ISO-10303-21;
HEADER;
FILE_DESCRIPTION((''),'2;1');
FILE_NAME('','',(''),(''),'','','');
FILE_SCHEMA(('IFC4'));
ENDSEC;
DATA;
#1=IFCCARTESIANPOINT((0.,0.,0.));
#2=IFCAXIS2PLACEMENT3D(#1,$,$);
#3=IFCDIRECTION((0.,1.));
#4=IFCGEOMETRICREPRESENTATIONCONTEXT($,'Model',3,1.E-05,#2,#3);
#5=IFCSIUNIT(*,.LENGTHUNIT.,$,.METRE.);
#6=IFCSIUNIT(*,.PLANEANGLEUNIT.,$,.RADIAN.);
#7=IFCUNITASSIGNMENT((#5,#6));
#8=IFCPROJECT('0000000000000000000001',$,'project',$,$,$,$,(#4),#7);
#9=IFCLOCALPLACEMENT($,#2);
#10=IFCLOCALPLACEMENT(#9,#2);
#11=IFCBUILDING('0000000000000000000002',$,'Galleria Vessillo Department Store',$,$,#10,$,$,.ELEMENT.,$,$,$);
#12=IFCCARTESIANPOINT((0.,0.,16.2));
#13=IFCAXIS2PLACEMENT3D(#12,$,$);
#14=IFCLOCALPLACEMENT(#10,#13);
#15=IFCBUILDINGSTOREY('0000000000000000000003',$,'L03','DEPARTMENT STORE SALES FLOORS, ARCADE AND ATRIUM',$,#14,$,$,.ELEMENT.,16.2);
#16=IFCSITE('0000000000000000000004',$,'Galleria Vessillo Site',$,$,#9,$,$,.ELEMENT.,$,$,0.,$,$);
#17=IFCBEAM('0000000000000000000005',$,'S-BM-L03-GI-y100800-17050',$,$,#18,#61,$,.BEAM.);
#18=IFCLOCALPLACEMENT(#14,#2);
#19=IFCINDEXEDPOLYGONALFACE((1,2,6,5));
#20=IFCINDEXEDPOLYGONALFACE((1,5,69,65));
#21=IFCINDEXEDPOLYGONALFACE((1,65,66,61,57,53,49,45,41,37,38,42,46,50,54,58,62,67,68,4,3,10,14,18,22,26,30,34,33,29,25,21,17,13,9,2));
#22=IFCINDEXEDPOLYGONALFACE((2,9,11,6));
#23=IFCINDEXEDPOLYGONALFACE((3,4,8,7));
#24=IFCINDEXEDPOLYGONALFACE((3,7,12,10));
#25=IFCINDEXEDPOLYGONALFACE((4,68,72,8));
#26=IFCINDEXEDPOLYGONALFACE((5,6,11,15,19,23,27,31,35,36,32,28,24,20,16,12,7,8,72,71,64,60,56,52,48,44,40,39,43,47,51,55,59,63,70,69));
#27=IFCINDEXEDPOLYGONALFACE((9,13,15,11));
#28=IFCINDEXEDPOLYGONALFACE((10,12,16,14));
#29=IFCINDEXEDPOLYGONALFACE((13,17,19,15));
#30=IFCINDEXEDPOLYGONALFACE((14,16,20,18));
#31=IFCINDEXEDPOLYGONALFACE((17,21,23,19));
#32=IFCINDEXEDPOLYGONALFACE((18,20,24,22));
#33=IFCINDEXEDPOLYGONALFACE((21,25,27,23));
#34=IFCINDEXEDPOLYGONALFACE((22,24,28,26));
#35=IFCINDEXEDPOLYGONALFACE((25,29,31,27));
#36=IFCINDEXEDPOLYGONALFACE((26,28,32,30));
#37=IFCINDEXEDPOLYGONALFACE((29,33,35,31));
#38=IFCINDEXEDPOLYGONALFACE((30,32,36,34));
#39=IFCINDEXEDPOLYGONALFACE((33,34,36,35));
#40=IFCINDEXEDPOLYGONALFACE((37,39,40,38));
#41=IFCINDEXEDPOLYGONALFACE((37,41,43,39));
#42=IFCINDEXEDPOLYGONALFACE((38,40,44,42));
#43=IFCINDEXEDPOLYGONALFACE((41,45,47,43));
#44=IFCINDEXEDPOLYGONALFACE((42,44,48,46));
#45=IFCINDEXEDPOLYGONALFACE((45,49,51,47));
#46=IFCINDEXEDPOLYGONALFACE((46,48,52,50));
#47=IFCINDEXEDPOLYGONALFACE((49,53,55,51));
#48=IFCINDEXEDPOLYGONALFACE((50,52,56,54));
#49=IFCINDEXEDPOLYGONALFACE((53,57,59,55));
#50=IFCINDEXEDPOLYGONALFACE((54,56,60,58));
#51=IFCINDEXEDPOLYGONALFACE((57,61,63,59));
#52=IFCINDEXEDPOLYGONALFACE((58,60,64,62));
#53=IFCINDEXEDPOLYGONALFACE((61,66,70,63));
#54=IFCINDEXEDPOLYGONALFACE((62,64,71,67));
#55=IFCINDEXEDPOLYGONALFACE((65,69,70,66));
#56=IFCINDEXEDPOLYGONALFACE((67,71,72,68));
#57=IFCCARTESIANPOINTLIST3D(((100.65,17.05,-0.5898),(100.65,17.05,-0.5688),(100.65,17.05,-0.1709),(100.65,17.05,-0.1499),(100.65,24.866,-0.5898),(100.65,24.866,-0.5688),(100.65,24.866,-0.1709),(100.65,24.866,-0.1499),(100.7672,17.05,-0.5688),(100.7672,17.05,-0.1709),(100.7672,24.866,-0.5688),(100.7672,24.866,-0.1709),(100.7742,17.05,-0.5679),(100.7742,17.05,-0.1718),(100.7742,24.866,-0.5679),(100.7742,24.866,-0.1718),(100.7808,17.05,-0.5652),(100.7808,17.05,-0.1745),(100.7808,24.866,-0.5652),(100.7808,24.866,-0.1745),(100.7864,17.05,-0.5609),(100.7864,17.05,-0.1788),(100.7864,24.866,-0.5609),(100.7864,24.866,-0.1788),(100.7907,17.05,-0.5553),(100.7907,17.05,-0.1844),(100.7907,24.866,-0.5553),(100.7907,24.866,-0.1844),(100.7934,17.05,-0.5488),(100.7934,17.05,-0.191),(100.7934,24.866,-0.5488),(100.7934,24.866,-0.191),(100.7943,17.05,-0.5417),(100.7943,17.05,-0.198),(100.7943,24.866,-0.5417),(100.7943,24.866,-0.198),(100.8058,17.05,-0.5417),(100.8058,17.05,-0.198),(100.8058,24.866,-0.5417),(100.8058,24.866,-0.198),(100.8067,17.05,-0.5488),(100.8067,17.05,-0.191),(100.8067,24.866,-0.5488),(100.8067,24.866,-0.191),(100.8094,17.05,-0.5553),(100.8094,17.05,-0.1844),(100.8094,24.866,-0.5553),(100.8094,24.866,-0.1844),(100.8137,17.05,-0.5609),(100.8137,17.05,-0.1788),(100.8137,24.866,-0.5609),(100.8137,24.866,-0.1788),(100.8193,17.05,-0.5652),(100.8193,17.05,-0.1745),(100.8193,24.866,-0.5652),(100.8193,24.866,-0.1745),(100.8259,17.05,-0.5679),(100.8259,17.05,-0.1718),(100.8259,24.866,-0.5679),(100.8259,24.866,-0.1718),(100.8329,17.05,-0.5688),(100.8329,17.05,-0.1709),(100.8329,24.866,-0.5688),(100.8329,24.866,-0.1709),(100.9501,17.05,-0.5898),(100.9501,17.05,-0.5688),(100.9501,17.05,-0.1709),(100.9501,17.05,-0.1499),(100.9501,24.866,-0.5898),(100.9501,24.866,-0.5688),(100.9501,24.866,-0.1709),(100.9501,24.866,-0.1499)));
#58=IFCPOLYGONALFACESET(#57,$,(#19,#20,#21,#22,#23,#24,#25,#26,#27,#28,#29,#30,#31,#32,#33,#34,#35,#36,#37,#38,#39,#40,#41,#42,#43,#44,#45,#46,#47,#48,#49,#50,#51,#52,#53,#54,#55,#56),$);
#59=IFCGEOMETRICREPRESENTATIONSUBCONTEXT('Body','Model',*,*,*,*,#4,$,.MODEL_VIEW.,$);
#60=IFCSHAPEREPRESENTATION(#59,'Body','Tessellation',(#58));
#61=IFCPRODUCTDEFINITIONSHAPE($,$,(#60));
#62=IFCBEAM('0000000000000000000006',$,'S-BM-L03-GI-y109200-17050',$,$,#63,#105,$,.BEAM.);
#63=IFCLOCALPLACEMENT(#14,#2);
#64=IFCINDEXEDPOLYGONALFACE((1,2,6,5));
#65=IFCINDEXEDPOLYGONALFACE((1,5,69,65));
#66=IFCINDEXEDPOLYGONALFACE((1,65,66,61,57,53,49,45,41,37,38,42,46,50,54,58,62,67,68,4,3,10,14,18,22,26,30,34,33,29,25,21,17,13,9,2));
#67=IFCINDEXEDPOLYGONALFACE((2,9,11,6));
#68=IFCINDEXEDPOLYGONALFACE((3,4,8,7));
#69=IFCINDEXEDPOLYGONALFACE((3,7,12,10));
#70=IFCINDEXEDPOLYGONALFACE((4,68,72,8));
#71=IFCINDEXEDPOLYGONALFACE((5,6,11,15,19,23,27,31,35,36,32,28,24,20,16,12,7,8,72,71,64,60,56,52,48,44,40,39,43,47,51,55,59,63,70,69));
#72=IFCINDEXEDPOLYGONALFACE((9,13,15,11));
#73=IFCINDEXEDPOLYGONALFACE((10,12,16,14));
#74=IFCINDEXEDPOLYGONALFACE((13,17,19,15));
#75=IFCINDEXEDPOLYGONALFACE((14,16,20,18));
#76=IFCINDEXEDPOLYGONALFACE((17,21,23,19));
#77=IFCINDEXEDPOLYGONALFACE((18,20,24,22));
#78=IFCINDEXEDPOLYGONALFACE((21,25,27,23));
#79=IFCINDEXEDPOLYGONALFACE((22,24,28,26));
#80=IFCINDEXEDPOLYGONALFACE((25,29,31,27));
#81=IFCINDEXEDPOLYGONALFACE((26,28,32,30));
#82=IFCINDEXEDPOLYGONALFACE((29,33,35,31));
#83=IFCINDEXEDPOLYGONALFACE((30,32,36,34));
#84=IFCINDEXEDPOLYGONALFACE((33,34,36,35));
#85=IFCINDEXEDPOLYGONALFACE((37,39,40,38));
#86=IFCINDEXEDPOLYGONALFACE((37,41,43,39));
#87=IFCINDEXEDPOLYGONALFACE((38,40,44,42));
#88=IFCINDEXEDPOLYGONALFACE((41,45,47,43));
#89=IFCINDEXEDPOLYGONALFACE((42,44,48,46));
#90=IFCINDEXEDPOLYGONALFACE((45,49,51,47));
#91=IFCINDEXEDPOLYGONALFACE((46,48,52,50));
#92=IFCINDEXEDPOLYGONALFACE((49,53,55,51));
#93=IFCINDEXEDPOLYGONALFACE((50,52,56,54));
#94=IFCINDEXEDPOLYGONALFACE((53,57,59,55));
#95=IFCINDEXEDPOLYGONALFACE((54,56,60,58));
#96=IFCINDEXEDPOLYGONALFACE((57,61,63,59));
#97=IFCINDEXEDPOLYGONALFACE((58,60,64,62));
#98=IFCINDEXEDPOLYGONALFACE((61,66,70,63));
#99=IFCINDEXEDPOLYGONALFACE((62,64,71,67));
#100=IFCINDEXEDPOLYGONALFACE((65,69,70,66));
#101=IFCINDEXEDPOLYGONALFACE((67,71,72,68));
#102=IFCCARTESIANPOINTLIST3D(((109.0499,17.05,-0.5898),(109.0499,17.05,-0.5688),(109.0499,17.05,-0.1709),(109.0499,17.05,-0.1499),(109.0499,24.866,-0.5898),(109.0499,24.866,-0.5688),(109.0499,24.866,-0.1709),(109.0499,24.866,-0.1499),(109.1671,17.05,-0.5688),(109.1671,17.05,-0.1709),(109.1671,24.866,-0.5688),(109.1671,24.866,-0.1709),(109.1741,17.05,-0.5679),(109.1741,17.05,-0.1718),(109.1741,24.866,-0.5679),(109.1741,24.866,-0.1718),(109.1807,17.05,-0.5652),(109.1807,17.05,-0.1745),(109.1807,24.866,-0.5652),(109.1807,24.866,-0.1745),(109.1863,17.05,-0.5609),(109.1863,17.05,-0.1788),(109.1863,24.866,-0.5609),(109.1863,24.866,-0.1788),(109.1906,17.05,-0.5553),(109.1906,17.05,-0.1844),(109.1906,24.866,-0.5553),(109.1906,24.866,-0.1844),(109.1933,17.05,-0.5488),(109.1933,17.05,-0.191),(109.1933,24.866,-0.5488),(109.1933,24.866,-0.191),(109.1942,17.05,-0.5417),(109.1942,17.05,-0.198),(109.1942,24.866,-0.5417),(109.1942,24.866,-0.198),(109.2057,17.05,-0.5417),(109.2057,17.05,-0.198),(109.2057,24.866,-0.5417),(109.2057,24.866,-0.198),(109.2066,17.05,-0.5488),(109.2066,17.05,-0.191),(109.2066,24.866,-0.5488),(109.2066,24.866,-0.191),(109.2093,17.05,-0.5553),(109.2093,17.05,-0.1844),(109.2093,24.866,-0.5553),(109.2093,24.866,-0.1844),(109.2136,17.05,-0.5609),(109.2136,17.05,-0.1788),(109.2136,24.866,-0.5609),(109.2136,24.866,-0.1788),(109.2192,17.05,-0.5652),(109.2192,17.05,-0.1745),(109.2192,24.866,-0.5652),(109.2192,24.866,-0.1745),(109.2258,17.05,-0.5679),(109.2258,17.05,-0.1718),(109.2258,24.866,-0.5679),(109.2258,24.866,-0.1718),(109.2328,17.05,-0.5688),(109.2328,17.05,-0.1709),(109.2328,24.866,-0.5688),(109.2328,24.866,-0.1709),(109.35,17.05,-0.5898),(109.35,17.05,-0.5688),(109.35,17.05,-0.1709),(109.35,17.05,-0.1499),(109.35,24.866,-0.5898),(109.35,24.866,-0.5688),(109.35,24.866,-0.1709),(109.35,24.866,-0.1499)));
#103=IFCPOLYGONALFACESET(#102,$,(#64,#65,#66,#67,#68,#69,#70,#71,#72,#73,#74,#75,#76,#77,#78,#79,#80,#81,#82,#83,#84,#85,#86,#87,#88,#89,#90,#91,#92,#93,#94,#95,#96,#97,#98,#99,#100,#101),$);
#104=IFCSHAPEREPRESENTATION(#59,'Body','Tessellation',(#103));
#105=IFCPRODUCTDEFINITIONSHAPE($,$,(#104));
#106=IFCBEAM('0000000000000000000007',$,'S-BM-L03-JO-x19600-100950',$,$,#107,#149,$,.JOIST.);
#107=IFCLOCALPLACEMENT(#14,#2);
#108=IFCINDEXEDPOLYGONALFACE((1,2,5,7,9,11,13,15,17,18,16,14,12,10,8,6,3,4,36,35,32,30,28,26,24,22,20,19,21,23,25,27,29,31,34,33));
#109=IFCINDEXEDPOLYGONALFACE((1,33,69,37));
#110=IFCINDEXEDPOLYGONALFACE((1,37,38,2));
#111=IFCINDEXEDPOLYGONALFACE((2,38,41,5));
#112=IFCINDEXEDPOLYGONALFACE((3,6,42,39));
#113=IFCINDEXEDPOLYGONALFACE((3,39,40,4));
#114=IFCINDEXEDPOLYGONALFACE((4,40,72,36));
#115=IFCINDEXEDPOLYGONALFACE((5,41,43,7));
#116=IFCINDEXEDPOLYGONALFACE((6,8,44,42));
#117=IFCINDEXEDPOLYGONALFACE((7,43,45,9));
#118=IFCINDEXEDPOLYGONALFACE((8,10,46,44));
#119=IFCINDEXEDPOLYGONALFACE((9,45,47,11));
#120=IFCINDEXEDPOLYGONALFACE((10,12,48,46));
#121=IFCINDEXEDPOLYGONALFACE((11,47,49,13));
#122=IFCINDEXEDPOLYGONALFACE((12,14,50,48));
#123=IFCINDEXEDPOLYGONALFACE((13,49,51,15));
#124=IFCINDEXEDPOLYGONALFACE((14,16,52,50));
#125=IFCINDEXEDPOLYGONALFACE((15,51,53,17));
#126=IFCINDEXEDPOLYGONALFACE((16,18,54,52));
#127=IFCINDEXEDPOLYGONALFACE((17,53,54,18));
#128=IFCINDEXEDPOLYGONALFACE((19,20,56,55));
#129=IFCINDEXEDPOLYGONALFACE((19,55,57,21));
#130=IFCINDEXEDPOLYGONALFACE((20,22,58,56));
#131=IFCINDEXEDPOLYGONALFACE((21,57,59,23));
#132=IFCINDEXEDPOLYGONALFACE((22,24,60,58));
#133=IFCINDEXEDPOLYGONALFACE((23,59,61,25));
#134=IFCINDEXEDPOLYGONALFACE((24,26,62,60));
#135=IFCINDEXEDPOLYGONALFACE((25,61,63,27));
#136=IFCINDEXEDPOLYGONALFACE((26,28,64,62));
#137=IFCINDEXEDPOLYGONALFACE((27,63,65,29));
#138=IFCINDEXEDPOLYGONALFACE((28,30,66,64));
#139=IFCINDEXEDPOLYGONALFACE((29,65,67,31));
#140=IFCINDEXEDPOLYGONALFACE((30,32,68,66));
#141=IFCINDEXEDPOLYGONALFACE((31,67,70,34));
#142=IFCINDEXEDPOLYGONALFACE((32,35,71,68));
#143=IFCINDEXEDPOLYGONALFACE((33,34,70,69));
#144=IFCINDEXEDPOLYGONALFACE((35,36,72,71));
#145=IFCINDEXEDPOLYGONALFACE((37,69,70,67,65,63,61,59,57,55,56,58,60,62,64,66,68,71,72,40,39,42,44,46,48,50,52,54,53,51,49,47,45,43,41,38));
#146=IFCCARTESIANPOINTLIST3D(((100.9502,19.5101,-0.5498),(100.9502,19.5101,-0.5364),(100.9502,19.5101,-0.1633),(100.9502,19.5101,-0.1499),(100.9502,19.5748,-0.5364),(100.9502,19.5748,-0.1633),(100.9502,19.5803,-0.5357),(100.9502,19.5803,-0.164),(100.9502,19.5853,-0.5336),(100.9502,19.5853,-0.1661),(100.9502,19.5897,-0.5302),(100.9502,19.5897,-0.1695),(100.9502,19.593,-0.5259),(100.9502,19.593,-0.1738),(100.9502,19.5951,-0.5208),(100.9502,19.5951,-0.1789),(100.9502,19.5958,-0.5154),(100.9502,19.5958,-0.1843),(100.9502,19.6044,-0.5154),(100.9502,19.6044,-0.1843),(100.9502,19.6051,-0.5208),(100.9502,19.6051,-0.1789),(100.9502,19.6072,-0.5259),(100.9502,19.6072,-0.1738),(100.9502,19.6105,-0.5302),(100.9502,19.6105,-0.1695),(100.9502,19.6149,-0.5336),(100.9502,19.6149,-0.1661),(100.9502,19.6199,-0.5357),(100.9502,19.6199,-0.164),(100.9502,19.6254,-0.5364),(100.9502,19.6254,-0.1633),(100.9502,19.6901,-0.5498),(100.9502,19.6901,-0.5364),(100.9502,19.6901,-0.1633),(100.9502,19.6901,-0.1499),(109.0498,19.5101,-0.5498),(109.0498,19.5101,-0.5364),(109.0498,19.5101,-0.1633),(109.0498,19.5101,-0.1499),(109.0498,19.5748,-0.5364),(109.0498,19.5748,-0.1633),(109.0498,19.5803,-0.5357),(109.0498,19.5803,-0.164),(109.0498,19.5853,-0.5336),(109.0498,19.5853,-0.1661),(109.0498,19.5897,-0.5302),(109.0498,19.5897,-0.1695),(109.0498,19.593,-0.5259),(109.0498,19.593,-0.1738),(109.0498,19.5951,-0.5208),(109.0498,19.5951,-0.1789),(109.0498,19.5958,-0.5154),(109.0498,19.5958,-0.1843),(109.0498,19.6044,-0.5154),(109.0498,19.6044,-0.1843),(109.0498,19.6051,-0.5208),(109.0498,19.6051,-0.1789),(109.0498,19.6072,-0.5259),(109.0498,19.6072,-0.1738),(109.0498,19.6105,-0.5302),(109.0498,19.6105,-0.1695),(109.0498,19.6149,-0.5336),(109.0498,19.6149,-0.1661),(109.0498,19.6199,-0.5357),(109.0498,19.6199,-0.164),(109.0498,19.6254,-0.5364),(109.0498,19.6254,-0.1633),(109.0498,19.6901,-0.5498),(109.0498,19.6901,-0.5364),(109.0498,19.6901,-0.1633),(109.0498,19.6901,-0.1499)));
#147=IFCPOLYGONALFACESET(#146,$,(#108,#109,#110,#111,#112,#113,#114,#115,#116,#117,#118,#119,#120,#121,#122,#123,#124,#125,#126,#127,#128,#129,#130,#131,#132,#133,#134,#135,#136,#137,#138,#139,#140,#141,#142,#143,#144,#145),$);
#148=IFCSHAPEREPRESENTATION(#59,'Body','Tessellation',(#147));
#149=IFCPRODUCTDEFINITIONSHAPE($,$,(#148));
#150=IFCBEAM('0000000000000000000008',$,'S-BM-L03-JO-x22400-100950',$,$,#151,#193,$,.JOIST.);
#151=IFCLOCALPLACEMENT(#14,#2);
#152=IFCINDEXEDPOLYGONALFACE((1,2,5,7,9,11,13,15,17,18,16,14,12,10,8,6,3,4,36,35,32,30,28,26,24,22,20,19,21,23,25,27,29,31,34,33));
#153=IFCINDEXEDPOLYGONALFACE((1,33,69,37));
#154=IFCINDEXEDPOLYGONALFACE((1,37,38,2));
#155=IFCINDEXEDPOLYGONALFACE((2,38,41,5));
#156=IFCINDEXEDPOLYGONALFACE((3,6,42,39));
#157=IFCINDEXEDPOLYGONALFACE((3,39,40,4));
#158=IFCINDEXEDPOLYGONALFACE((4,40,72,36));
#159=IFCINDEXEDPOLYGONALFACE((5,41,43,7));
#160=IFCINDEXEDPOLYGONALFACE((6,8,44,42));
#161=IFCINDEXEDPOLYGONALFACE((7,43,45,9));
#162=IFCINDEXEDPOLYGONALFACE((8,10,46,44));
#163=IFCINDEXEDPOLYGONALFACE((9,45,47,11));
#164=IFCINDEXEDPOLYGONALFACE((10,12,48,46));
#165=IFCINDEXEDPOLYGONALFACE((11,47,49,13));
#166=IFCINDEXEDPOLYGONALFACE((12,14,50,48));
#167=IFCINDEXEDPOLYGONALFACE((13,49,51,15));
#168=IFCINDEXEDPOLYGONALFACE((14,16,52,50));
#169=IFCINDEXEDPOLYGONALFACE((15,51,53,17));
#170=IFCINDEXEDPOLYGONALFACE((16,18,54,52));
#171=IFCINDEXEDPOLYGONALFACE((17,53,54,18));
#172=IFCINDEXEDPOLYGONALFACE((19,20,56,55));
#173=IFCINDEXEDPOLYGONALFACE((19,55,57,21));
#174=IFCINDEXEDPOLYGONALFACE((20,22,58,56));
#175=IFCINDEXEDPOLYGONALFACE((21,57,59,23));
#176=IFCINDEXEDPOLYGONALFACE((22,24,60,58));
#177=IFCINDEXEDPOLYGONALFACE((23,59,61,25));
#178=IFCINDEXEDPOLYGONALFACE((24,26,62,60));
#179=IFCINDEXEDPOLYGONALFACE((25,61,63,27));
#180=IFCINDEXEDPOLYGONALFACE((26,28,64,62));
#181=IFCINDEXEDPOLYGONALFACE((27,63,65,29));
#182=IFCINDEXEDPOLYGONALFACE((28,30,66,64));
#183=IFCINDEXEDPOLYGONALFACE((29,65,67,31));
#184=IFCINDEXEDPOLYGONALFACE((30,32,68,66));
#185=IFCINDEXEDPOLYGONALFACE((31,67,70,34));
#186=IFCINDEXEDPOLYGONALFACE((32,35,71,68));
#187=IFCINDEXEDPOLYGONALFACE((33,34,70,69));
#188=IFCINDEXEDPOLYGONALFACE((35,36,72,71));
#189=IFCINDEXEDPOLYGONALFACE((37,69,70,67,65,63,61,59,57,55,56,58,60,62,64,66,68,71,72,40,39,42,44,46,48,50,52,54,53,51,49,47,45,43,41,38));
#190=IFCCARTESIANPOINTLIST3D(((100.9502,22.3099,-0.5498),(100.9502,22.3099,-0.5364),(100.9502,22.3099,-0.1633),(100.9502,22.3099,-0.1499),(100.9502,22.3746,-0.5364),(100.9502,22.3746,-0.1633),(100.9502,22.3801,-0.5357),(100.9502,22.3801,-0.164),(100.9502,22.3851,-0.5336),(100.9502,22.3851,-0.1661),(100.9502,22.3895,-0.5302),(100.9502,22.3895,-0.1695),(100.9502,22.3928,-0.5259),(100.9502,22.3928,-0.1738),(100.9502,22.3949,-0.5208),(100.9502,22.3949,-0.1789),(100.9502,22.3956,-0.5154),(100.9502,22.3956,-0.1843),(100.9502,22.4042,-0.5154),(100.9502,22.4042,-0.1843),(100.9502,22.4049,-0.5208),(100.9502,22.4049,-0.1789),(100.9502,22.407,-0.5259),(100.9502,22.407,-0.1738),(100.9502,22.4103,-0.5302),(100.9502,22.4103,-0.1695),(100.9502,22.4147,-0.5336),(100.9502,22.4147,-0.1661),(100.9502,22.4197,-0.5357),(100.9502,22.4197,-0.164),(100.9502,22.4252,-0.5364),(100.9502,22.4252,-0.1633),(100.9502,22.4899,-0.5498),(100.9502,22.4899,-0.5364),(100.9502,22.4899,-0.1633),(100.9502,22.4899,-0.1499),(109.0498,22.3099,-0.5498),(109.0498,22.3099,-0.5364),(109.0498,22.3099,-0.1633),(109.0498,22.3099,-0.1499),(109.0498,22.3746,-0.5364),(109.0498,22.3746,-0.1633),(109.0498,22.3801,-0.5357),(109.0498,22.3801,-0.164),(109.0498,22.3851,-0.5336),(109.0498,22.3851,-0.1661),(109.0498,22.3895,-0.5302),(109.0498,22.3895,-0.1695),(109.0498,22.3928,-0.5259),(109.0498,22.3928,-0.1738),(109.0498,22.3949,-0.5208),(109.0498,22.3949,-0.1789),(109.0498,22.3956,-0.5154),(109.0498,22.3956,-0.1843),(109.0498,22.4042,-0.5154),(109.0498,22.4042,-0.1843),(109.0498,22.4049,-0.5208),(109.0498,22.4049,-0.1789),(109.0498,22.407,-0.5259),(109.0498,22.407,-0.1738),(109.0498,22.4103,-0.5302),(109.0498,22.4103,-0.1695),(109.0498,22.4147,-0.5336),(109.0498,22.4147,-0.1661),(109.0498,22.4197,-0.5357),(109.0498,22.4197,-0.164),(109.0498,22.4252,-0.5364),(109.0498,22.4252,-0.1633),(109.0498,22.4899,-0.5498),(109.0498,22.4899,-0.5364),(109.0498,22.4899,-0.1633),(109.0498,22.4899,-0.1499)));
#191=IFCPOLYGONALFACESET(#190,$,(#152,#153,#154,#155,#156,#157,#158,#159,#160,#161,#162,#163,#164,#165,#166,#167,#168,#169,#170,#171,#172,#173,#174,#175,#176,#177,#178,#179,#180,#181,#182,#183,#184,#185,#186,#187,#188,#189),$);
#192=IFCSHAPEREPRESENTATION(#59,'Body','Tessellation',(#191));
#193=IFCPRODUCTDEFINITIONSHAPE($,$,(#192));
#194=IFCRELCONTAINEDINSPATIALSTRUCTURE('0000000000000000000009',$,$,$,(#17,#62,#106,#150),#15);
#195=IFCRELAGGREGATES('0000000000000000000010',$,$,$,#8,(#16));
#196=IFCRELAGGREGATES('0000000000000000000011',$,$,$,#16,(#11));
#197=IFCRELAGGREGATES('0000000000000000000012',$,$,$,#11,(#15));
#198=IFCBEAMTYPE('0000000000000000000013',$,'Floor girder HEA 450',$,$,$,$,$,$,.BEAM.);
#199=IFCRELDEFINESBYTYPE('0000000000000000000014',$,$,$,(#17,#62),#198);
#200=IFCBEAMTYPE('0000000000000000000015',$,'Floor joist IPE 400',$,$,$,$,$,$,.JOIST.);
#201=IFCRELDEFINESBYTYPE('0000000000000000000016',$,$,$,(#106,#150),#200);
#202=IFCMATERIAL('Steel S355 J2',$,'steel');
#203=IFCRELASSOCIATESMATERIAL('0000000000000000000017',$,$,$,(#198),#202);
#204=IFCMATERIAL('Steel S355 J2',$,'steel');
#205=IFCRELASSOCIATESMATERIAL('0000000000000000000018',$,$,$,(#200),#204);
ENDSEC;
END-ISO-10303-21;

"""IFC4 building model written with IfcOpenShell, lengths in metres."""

from ifc_helpers import new_model, si_unit, direction, frame, origin, origin_2d, place, context, subcontext, project, spatial, i_section, extrude, material, material_profile, profile_set, type_object, element, save


model = new_model("IFC4")

# Units and contexts
model_context = context("Model", 3, precision=1e-05, world=origin(), true_north=direction((0.0, 1.0)))
body_context = subcontext(model_context, "Body", "Model", "MODEL_VIEW")
ifc_project = project(units=[si_unit("LENGTHUNIT", "METRE"), si_unit("PLANEANGLEUNIT", "RADIAN")], contexts=[model_context])

# Site, building, storey
site_placement = place(None, origin())
site = spatial("IfcSite", under=ifc_project, at=site_placement, Name="Galleria Vessillo Site", CompositionType="ELEMENT", RefElevation=0.0)
building_placement = place(site_placement, origin())
building = spatial("IfcBuilding", under=site, at=building_placement, Name="Galleria Vessillo Department Store", CompositionType="ELEMENT")
storey_placement = place(building_placement, frame((0.0, 0.0, 16.2)))
storey = spatial("IfcBuildingStorey", under=building, at=storey_placement, Name="L03", Description="DEPARTMENT STORE SALES FLOORS, ARCADE AND ATRIUM", CompositionType="ELEMENT", Elevation=16.2)

# Beams
ifc_material_1 = material(Name="Steel S355 J2", Category="steel")
ifc_material_profile_1 = material_profile(ifc_material_1, i_section(OverallWidth=0.3, OverallDepth=0.4399, WebThickness=0.0115, FlangeThickness=0.021, FilletRadius=0.0271, at=origin_2d()), Name="HEA 450")
ifc_profile_set_1 = profile_set([ifc_material_profile_1], Name="Steel S355 J2")
beam_type_1 = type_object("IfcBeamType", Name="Floor girder HEA 450", PredefinedType="BEAM", material=ifc_profile_set_1)
for number, where, z_axis, x_axis, name in (
    (1, (100.8, 17.05, -0.3699), (0.0, 1.0, 0.0), (-1.0, 0.0, 0.0), "S-BM-L03-GI-y100800-17050"),
    (2, (109.2, 17.05, -0.3699), (0.0, 1.0, 0.0), (-1.0, 0.0, 0.0), "S-BM-L03-GI-y109200-17050"),
):
    element("IfcBeam", number, at=place(storey_placement, frame(where, z_axis=z_axis, x_axis=x_axis)), inside=storey, type_object=beam_type_1, Name=name, PredefinedType="BEAM", context=body_context, shape_type="SweptSolid", body=[
        extrude(i_section(OverallWidth=0.3, OverallDepth=0.4399, WebThickness=0.0115, FlangeThickness=0.021, FilletRadius=0.0271, at=origin_2d()), origin(), (0.0, 0.0, 1.0), 7.8159),
    ])
ifc_material_2 = material(Name="Steel S355 J2", Category="steel")
ifc_material_profile_2 = material_profile(ifc_material_2, i_section(OverallWidth=0.1799, OverallDepth=0.3999, WebThickness=0.0085, FlangeThickness=0.0134, FilletRadius=0.021, at=origin_2d()), Name="IPE 400")
ifc_profile_set_2 = profile_set([ifc_material_profile_2], Name="Steel S355 J2")
beam_type_2 = type_object("IfcBeamType", Name="Floor joist IPE 400", PredefinedType="JOIST", material=ifc_profile_set_2)
for number, where, z_axis, x_axis, name in (
    (3, (100.9502, 19.6001, -0.3499), (1.0, 0.0, 0.0), (0.0, 1.0, 0.0), "S-BM-L03-JO-x19600-100950"),
    (4, (100.9502, 22.3999, -0.3499), (1.0, 0.0, 0.0), (0.0, 1.0, 0.0), "S-BM-L03-JO-x22400-100950"),
):
    element("IfcBeam", number, at=place(storey_placement, frame(where, z_axis=z_axis, x_axis=x_axis)), inside=storey, type_object=beam_type_2, Name=name, PredefinedType="JOIST", context=body_context, shape_type="SweptSolid", body=[
        extrude(i_section(OverallWidth=0.1799, OverallDepth=0.3999, WebThickness=0.0085, FlangeThickness=0.0134, FilletRadius=0.021, at=origin_2d()), origin(), (0.0, 0.0, 1.0), 8.0996),
    ])

save(model, "model.ifc")
